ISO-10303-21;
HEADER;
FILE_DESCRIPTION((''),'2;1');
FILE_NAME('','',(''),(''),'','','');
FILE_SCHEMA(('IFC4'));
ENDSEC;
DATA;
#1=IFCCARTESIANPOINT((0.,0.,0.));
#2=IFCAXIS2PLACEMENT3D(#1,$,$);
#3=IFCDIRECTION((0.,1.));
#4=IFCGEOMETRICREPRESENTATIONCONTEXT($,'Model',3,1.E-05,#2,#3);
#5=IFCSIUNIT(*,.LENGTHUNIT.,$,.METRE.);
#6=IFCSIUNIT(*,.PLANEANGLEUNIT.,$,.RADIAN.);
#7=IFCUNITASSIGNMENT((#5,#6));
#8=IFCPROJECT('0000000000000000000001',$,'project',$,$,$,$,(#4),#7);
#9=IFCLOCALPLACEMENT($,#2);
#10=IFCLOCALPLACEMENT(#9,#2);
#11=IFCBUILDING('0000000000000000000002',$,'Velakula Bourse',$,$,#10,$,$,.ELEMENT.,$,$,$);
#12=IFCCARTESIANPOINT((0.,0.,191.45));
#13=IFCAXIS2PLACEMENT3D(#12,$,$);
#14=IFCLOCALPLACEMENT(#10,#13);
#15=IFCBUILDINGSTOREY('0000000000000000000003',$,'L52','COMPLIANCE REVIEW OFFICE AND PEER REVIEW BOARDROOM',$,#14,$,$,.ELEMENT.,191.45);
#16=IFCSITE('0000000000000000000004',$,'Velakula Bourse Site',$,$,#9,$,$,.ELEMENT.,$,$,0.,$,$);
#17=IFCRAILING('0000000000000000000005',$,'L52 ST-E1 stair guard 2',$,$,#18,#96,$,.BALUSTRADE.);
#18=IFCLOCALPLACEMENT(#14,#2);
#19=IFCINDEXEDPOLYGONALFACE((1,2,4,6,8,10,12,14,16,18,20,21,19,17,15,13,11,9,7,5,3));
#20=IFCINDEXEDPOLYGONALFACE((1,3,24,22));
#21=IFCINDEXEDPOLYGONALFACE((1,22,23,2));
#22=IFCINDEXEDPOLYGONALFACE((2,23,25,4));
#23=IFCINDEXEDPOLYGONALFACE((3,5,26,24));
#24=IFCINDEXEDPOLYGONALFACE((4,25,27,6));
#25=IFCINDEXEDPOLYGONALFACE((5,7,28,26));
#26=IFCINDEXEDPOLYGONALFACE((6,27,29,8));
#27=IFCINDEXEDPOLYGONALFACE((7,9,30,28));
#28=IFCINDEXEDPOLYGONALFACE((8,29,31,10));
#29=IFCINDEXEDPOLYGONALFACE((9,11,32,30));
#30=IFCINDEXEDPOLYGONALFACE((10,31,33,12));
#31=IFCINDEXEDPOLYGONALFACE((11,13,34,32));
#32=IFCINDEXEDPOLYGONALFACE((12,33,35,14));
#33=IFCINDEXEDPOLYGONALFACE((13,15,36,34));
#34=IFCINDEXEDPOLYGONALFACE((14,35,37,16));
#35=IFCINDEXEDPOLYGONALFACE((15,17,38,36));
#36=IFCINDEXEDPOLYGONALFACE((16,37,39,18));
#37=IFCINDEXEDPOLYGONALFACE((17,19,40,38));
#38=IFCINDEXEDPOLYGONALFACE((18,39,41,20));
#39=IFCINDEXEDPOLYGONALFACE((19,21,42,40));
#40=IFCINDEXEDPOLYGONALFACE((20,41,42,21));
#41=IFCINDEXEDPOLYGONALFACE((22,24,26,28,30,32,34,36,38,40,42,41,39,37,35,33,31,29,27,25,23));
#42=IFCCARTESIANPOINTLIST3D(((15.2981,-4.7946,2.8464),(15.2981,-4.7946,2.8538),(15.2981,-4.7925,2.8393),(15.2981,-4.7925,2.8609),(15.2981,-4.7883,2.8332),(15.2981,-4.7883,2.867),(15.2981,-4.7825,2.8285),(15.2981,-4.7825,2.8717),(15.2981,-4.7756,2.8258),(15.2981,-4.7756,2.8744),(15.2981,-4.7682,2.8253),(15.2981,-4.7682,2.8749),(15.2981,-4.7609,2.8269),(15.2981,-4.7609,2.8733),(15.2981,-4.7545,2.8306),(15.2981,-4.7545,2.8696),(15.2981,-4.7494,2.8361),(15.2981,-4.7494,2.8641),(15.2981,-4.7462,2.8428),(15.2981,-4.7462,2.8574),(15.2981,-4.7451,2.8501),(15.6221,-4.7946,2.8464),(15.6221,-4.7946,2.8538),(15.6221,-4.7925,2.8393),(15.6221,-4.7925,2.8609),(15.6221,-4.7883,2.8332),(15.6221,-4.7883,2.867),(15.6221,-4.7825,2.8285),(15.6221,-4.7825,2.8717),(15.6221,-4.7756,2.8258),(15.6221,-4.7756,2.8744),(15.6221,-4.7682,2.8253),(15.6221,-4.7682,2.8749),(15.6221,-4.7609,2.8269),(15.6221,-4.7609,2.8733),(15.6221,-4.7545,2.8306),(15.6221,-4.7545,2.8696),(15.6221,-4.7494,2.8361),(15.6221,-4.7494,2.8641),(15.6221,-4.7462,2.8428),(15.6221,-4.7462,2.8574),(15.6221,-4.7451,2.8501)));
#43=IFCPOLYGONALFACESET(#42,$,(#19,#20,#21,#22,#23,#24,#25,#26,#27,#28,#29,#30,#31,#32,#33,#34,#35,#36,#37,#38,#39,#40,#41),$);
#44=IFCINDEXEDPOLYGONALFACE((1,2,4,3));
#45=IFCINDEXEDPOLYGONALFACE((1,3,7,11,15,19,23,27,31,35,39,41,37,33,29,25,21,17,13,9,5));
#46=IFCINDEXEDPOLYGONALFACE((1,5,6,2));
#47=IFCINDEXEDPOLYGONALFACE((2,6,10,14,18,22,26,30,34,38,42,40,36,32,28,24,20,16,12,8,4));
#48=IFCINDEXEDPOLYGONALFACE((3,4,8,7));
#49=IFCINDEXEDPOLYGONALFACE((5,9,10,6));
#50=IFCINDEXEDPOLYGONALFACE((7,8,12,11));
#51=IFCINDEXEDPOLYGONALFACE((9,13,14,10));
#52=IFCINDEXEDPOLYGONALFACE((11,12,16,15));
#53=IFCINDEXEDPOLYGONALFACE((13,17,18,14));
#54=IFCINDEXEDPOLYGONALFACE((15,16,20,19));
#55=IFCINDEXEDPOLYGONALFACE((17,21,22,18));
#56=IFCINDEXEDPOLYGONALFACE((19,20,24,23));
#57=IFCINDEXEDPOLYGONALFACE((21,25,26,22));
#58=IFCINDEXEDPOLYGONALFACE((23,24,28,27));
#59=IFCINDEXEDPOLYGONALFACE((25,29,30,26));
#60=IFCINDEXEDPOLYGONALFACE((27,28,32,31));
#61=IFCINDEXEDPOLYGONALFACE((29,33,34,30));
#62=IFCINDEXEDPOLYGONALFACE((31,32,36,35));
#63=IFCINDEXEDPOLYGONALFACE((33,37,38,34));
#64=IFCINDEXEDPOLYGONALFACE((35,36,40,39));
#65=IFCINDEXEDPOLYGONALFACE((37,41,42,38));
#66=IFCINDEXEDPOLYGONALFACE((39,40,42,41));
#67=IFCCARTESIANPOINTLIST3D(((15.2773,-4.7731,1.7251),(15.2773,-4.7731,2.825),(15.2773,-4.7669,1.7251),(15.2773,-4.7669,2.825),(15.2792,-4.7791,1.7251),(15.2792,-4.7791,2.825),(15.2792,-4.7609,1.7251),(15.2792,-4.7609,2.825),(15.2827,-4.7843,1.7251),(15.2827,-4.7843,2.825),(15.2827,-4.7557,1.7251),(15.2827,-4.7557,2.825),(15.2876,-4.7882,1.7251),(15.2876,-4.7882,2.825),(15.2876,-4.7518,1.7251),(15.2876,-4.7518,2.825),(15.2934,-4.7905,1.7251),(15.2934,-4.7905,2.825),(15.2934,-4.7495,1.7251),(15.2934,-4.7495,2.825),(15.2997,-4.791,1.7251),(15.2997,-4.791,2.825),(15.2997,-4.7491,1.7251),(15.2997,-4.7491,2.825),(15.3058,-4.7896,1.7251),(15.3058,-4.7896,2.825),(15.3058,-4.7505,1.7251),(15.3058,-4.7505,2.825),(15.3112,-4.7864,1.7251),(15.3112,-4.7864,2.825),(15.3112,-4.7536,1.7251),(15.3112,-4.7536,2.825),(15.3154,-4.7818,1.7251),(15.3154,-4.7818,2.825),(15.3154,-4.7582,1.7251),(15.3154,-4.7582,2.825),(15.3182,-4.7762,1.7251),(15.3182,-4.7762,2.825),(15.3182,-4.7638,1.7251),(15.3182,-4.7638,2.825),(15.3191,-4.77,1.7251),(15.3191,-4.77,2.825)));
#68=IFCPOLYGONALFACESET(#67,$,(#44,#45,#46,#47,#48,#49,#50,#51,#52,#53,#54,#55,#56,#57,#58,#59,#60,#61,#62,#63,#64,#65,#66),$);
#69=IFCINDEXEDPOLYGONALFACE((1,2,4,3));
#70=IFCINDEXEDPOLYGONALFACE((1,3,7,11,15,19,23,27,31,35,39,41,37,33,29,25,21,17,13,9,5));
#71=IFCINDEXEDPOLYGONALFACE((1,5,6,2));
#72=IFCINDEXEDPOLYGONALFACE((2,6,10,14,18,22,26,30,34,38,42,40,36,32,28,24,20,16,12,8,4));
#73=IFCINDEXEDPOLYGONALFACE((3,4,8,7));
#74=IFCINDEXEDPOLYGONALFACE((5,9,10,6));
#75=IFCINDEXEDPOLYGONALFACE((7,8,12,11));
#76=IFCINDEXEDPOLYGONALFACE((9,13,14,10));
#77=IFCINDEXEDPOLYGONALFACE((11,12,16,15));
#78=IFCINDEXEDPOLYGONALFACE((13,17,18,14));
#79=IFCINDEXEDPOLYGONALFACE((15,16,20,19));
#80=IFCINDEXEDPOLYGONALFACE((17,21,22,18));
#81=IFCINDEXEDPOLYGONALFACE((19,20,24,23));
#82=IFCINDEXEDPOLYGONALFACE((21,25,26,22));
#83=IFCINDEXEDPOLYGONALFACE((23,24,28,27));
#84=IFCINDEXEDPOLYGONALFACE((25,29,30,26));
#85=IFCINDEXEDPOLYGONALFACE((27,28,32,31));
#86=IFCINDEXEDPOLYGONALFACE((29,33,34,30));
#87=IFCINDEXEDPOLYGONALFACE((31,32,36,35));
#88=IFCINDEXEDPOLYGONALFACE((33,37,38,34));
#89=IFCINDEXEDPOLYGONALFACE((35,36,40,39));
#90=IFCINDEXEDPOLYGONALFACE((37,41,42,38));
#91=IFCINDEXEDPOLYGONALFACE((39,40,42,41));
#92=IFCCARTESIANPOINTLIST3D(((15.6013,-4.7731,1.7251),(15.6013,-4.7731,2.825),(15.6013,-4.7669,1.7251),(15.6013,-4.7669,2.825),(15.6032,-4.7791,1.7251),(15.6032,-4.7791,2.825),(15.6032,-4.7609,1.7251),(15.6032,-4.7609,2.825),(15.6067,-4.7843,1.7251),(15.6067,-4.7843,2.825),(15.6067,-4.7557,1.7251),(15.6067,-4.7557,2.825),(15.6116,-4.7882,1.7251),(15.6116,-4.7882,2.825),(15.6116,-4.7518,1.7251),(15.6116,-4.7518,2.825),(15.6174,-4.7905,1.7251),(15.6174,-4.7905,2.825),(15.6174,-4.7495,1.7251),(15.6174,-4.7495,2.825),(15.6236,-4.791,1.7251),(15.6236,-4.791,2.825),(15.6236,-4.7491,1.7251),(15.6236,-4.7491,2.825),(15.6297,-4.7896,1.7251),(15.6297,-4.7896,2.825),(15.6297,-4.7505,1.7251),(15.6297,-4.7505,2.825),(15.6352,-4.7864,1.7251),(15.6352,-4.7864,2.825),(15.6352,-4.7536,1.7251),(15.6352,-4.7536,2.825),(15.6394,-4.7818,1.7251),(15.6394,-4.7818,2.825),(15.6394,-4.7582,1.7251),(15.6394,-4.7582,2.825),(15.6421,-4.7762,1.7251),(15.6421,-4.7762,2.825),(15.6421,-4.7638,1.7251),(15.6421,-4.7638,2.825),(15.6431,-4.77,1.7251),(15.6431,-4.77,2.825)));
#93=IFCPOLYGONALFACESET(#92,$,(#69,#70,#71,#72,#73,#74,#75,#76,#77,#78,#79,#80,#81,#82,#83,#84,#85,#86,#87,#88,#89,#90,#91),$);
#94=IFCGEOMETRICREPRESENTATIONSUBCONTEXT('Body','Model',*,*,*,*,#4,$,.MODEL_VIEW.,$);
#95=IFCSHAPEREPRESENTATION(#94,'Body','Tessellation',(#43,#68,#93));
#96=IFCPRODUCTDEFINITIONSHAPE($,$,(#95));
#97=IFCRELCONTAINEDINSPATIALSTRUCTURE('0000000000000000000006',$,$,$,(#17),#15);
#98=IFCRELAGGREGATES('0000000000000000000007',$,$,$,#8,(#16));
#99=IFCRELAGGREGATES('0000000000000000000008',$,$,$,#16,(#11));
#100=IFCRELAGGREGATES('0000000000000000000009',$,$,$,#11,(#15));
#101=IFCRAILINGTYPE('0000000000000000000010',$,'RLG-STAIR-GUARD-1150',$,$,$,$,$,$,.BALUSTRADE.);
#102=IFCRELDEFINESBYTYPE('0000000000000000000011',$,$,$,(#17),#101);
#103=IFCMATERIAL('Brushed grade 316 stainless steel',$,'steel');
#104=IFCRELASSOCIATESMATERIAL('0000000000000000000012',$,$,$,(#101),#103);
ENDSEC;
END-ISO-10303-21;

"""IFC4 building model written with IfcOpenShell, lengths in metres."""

from ifc_helpers import new_model, si_unit, direction, frame, origin, origin_2d, place, context, subcontext, project, spatial, circle, extrude, material, type_object, element, save


model = new_model("IFC4")

# Units and contexts
model_context = context("Model", 3, precision=1e-05, world=origin(), true_north=direction((0.0, 1.0)))
body_context = subcontext(model_context, "Body", "Model", "MODEL_VIEW")
ifc_project = project(units=[si_unit("LENGTHUNIT", "METRE"), si_unit("PLANEANGLEUNIT", "RADIAN")], contexts=[model_context])

# Site, building, storey
site_placement = place(None, origin())
site = spatial("IfcSite", under=ifc_project, at=site_placement, Name="Velakula Bourse Site", CompositionType="ELEMENT", RefElevation=0.0)
building_placement = place(site_placement, origin())
building = spatial("IfcBuilding", under=site, at=building_placement, Name="Velakula Bourse", CompositionType="ELEMENT")
storey_placement = place(building_placement, frame((0.0, 0.0, 191.45)))
storey = spatial("IfcBuildingStorey", under=building, at=storey_placement, Name="L52", Description="COMPLIANCE REVIEW OFFICE AND PEER REVIEW BOARDROOM", CompositionType="ELEMENT", Elevation=191.45)

# Shared definitions
ifc_material_1 = material(Name="Brushed grade 316 stainless steel", Category="steel")

# Railing
railing_type_1 = type_object("IfcRailingType", Name="RLG-STAIR-GUARD-1150", PredefinedType="BALUSTRADE", material=ifc_material_1)
railing_1_placement = place(storey_placement, frame((15.2981, -4.77, 1.7251)))
element("IfcRailing", 1, at=railing_1_placement, inside=storey, type_object=railing_type_1, Name="L52 ST-E1 stair guard 2", PredefinedType="BALUSTRADE", context=body_context, shape_type="SweptSolid", body=[
    extrude(circle(Radius=0.0249, at=origin_2d()), frame((0.0, 0.0, 1.125), z_axis=(1.0, 0.0, 0.0), x_axis=(0.0, 1.0, 0.0)), (0.0, 0.0, 1.0), 0.324),
    extrude(circle(Radius=0.021, at=origin_2d()), origin(), (0.0, 0.0, 1.0), 1.0999),
    extrude(circle(Radius=0.021, at=origin_2d()), frame((0.324, 0.0, 0.0)), (0.0, 0.0, 1.0), 1.0999),
])

save(model, "model.ifc")
